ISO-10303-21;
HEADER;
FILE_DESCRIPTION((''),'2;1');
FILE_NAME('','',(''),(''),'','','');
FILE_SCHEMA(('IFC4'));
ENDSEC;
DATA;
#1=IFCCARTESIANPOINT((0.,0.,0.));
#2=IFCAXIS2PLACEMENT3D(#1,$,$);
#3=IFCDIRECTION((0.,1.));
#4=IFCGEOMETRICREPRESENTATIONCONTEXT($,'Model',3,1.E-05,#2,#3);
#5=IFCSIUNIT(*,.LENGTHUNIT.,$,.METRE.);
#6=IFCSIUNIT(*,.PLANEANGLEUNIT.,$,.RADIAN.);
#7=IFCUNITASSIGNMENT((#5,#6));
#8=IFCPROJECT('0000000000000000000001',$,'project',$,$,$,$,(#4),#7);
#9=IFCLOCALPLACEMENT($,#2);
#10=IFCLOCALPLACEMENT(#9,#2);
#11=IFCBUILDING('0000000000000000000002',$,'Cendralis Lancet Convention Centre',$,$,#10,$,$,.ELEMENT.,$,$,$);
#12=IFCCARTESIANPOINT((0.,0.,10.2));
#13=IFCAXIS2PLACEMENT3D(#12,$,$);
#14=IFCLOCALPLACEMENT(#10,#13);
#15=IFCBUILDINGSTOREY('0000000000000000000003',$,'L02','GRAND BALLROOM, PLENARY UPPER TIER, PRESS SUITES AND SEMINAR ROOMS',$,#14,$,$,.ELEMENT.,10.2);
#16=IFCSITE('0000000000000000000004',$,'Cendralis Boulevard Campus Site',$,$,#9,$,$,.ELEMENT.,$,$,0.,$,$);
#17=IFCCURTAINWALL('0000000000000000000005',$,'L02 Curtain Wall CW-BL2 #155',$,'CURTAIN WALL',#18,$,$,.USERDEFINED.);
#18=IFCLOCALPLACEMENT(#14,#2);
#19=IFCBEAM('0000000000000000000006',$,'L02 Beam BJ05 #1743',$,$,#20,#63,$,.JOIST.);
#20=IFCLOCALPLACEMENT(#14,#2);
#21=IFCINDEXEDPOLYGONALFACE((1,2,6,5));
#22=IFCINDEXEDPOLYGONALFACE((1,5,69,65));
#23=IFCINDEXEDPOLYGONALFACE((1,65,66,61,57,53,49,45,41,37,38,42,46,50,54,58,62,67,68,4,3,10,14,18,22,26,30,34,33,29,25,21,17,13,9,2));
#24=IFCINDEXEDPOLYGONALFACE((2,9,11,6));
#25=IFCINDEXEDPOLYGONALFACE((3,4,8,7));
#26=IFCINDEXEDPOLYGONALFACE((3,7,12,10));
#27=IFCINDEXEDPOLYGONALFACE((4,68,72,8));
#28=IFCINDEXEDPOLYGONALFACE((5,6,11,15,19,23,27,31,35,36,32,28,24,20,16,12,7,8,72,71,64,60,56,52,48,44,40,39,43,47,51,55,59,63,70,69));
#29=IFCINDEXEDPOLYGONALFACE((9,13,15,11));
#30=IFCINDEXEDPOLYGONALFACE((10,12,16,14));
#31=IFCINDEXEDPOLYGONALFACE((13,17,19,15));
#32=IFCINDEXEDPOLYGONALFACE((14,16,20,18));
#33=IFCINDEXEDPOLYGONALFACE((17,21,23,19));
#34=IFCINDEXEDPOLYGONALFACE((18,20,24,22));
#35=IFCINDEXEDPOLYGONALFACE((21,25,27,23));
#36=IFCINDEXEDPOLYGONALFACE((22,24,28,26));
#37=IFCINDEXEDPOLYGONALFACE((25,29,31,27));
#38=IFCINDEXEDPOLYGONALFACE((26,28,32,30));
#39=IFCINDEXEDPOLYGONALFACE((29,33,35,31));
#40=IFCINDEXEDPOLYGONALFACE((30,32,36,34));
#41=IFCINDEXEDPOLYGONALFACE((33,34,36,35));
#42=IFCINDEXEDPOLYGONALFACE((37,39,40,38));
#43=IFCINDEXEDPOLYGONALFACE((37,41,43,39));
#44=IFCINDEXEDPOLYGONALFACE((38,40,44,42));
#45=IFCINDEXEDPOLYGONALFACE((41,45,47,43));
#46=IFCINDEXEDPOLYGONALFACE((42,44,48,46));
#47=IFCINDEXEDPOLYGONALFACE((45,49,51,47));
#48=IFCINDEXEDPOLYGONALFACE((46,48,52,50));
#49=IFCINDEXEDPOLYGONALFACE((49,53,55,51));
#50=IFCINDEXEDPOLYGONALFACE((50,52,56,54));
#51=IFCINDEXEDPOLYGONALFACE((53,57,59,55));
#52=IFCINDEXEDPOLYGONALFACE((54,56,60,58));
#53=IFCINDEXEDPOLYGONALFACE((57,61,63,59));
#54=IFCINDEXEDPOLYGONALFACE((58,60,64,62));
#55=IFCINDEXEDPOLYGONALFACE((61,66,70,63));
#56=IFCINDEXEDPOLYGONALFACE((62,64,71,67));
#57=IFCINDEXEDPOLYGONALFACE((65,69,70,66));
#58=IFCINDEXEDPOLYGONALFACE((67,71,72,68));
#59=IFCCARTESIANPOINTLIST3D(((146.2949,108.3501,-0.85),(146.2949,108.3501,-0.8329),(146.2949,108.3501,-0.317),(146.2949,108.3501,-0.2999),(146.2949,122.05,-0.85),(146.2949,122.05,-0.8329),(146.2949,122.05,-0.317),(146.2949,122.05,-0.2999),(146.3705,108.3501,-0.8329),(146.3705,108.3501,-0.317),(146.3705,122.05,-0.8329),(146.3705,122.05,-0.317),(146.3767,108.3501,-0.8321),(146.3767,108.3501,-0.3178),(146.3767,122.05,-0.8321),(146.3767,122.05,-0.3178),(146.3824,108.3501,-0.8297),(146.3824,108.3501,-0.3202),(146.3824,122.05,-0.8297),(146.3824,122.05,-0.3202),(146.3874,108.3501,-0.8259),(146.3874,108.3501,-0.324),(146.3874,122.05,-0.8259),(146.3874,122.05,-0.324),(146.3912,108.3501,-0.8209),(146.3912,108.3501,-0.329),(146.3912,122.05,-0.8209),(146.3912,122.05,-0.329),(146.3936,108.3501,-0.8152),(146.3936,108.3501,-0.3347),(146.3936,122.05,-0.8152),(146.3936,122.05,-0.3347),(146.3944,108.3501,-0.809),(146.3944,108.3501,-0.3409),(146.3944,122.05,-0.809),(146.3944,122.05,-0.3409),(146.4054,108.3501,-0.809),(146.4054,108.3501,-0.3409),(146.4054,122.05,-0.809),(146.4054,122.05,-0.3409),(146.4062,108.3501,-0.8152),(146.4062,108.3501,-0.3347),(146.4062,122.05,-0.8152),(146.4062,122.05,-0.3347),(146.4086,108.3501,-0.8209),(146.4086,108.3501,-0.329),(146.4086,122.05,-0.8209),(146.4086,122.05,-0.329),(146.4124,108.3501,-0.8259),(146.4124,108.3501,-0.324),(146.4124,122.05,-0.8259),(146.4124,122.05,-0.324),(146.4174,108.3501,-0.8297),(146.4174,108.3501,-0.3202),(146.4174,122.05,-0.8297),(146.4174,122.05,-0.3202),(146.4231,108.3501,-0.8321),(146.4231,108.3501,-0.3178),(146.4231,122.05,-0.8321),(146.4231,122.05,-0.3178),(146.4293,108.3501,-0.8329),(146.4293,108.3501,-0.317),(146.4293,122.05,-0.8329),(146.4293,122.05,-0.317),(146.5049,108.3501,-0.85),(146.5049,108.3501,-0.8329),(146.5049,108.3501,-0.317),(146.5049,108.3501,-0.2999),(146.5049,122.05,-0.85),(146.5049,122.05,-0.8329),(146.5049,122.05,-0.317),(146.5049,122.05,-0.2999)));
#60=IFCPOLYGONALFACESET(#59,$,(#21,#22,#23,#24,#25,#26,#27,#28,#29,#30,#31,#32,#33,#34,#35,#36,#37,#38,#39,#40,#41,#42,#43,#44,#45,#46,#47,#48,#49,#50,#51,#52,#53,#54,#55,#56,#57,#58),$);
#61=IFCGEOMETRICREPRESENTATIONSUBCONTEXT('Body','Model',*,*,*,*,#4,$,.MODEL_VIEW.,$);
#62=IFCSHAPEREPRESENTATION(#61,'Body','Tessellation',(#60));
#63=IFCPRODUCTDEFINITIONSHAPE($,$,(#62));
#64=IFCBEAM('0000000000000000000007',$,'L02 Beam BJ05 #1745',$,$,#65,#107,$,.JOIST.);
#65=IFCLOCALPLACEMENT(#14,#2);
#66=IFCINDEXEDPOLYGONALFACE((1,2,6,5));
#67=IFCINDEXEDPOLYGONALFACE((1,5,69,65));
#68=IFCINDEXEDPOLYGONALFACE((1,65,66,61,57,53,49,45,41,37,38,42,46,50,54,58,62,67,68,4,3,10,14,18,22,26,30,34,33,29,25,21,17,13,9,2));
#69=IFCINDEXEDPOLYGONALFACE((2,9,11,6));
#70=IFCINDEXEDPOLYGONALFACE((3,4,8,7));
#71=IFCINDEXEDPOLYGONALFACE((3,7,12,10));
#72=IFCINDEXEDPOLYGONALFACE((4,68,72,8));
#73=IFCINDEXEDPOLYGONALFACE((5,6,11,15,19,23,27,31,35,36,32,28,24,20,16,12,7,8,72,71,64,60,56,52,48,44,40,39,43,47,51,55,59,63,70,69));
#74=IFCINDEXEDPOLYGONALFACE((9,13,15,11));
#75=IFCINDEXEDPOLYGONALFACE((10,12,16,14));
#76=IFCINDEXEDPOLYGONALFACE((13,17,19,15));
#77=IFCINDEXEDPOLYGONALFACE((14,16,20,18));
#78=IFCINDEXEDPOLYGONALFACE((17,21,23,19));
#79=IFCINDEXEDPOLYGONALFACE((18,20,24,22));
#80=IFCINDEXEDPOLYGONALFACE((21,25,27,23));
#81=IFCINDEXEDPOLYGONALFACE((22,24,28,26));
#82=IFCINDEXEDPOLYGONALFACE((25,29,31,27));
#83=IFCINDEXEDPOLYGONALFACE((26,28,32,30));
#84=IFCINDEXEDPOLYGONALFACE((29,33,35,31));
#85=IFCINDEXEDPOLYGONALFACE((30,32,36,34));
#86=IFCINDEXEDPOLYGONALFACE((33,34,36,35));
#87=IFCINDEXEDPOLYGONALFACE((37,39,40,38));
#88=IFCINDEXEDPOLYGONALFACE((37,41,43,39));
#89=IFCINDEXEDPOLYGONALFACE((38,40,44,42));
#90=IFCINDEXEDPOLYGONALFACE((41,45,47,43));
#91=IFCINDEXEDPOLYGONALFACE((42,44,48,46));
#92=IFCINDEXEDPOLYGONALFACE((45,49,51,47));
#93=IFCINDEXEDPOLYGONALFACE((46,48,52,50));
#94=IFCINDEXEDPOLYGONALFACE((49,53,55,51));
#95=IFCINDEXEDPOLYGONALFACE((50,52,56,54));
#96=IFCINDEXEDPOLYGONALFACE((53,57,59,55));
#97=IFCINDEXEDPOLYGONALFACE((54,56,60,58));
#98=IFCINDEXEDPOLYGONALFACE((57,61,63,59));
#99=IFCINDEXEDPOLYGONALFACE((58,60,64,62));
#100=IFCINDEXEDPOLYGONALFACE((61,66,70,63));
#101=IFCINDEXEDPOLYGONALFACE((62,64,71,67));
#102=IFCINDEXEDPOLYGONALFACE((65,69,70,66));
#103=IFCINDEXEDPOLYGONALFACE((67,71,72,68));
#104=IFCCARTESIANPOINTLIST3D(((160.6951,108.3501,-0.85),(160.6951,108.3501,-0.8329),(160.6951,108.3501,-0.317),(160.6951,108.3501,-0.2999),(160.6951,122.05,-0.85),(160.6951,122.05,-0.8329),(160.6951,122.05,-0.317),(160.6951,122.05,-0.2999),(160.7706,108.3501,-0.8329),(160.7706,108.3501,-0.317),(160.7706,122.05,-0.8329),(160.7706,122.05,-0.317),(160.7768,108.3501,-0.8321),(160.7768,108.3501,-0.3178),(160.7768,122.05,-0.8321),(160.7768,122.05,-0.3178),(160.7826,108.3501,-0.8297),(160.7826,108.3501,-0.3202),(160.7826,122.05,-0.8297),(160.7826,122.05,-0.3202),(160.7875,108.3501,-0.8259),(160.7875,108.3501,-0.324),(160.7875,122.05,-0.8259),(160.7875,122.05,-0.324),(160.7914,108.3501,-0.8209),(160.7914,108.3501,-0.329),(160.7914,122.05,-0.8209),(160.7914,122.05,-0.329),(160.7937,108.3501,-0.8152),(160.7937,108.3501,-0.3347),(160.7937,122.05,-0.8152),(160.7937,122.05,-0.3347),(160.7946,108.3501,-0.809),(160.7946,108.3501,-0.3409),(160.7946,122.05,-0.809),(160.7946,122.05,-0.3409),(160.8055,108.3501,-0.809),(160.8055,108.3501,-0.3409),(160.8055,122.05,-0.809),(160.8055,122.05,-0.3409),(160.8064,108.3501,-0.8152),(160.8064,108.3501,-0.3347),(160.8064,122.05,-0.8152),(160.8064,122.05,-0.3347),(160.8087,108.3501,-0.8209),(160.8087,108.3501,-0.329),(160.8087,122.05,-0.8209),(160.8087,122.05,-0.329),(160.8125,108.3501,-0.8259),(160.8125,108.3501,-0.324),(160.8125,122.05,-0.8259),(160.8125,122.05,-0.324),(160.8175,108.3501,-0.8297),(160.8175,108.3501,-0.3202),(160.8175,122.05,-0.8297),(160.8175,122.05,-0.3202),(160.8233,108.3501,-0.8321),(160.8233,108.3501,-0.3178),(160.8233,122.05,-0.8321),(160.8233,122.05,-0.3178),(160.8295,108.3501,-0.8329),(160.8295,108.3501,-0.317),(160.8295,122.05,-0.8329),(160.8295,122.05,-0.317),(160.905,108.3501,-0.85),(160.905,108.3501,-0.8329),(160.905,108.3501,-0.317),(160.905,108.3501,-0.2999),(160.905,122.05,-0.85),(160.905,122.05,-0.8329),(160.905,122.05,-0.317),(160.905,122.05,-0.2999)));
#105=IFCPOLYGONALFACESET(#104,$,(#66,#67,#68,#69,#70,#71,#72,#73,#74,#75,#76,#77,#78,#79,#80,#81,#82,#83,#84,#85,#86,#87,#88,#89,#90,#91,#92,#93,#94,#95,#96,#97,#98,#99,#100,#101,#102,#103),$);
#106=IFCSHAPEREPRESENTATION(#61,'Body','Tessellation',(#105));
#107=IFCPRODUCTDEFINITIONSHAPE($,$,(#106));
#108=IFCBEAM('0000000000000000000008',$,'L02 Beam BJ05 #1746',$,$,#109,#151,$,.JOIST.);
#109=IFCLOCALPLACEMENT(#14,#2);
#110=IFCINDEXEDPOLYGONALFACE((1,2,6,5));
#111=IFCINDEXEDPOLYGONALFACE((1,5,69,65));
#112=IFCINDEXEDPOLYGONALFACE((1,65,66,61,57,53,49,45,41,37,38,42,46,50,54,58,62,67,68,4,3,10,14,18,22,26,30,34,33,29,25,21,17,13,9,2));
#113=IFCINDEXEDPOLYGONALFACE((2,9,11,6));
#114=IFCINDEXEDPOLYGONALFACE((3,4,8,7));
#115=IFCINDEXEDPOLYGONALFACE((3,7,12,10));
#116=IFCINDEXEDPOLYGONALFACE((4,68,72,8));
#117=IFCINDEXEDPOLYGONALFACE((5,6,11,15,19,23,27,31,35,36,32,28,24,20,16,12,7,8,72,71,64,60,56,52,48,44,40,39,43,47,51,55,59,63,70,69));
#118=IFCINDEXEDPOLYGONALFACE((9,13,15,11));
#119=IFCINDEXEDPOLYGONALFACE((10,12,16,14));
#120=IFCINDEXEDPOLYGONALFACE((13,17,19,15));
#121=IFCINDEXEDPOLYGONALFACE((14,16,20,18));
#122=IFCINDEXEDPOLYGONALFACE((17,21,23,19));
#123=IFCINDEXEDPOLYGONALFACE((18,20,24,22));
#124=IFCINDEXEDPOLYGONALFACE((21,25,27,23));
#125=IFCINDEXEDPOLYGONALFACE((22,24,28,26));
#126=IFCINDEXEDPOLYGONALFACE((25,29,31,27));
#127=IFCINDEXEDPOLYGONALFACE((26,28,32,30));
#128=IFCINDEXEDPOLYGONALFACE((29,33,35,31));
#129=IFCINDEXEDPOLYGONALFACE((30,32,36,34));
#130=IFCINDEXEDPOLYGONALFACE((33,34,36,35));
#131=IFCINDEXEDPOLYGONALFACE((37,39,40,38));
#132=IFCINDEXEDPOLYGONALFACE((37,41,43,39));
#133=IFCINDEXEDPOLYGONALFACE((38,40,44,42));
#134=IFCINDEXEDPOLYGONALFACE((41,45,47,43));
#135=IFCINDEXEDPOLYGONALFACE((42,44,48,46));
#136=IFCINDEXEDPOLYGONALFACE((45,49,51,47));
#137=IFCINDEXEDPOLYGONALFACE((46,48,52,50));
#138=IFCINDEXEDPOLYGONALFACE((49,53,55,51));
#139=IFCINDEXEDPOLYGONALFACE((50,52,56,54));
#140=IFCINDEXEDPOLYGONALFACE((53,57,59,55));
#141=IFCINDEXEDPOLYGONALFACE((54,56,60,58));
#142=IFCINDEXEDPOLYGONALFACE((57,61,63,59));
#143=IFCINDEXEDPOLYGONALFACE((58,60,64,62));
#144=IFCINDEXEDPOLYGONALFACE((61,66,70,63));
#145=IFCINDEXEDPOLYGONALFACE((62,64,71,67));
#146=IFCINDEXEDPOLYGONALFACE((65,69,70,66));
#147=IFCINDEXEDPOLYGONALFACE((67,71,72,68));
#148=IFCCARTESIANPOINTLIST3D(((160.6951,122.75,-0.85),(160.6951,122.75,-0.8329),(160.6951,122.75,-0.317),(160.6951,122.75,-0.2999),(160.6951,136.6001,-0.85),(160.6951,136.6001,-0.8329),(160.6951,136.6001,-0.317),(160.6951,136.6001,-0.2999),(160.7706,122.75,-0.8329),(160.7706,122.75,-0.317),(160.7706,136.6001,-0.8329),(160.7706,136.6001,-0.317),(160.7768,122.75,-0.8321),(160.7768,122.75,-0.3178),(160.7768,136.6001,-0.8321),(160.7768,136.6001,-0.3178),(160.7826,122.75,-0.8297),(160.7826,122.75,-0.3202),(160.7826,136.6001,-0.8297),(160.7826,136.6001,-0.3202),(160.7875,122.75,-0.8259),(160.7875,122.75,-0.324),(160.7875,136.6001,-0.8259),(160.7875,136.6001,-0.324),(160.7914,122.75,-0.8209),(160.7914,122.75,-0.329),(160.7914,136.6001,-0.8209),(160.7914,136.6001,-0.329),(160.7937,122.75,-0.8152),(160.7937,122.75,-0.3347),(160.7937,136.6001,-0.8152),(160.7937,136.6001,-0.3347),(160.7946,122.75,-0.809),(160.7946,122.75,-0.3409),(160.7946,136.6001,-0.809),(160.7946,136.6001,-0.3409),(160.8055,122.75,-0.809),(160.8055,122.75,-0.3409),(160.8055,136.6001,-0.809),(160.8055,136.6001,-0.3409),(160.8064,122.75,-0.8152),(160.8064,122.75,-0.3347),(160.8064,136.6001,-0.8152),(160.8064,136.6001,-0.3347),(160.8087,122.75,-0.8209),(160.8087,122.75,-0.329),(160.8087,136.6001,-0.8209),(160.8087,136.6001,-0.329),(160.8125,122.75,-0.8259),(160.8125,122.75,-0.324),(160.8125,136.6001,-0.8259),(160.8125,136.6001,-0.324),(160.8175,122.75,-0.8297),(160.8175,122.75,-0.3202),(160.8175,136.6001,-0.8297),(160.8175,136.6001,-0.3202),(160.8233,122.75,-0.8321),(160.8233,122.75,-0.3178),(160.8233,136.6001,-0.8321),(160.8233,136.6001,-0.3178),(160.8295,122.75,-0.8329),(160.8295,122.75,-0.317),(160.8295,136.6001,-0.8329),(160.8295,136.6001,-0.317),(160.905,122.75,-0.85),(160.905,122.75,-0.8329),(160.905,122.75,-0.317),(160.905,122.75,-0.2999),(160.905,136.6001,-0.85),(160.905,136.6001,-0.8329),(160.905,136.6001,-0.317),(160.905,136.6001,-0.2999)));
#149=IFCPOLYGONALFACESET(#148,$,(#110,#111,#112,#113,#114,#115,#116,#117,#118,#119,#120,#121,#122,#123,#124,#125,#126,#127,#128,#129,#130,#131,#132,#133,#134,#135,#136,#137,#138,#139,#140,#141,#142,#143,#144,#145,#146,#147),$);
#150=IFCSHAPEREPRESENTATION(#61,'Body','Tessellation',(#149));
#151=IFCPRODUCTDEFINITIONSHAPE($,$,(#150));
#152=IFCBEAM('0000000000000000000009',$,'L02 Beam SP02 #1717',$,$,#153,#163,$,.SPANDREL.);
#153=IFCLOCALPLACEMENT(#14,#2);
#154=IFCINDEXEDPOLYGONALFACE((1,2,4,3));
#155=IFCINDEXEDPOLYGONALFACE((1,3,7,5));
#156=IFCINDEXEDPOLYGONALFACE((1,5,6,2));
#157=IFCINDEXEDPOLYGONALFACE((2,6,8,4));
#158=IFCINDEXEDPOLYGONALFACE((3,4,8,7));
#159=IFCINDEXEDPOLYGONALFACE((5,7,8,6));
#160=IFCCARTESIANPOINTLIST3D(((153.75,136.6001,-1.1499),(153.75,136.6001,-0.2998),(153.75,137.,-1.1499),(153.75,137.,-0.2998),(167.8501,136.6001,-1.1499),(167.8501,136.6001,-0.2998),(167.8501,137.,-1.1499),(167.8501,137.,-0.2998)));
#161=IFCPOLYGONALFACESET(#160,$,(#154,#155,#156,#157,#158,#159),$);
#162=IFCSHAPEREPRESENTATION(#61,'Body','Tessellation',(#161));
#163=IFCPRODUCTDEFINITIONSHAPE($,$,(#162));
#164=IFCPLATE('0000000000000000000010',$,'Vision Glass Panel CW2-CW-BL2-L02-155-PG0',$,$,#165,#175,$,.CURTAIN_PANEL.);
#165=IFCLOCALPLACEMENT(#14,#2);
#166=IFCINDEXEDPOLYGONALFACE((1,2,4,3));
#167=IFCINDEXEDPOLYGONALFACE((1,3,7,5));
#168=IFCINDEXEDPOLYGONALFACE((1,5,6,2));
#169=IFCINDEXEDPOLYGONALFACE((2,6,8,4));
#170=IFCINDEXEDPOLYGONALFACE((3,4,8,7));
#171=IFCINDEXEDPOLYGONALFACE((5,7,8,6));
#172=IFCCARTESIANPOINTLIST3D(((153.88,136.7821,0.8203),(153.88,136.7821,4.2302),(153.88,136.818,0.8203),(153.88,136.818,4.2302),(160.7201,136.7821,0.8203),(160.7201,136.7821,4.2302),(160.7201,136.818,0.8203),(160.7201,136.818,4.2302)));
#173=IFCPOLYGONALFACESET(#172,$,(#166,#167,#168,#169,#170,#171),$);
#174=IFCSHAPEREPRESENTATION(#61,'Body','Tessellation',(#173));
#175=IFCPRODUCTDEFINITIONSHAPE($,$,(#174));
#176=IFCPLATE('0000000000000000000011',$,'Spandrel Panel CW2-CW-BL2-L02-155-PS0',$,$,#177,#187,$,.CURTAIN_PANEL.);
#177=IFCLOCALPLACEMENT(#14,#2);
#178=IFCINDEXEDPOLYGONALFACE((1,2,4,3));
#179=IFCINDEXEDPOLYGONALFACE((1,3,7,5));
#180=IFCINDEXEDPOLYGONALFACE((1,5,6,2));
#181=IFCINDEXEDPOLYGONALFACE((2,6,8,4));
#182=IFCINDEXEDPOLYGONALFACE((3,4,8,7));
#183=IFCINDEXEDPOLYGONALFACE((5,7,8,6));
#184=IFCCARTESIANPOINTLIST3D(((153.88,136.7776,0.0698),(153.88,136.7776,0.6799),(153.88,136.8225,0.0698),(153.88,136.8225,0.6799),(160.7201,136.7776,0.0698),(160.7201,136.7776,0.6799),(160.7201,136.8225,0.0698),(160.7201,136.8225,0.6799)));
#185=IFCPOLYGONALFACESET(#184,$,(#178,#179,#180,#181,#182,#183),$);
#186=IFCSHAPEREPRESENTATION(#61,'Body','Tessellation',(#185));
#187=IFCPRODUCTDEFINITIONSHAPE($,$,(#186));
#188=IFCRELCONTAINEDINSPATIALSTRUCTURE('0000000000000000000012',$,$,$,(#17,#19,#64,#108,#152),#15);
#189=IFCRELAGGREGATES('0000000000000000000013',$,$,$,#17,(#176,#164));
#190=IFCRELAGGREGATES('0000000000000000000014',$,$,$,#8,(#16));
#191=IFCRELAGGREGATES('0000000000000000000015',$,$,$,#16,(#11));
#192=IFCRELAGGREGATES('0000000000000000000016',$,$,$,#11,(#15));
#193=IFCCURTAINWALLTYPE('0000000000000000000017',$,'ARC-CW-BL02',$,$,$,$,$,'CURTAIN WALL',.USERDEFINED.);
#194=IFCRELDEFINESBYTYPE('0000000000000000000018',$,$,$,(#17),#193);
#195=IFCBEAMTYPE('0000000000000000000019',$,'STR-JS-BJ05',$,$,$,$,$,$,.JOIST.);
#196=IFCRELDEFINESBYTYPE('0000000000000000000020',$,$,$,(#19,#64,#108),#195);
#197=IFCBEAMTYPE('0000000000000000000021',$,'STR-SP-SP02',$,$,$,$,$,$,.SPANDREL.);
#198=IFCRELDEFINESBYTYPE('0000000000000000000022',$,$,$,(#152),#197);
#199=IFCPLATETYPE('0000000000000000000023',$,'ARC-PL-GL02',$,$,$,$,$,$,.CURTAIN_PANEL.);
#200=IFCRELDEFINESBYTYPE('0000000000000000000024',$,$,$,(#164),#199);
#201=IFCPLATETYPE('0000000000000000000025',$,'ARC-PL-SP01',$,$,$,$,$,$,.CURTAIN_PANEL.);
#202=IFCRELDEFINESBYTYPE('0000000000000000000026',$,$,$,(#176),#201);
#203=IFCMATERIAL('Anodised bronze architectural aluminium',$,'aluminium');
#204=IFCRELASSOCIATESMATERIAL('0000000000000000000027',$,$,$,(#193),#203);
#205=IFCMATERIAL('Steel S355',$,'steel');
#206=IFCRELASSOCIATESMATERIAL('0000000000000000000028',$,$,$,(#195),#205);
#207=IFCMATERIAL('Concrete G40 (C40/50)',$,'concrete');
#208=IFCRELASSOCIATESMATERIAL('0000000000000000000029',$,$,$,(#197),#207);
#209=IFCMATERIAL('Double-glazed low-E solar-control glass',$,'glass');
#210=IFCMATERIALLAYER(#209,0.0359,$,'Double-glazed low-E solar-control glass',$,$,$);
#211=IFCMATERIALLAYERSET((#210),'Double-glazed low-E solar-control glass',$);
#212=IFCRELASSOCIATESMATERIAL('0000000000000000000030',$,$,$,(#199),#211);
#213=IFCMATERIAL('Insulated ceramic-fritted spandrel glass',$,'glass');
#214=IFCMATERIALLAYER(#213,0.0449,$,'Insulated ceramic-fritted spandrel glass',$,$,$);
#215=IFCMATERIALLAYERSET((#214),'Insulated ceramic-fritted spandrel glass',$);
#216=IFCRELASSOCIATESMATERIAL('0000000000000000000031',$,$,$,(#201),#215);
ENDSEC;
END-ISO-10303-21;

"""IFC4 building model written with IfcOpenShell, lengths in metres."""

from ifc_helpers import new_model, si_unit, direction, frame, origin, origin_2d, place, context, subcontext, project, spatial, rectangle, i_section, extrude, material, layer, layer_set, material_profile, profile_set, type_object, element, aggregate, save


model = new_model("IFC4")

# Units and contexts
model_context = context("Model", 3, precision=1e-05, world=origin(), true_north=direction((0.0, 1.0)))
body_context = subcontext(model_context, "Body", "Model", "MODEL_VIEW")
ifc_project = project(units=[si_unit("LENGTHUNIT", "METRE"), si_unit("PLANEANGLEUNIT", "RADIAN")], contexts=[model_context])

# Site, building, storey
site_placement = place(None, origin())
site = spatial("IfcSite", under=ifc_project, at=site_placement, Name="Cendralis Boulevard Campus Site", CompositionType="ELEMENT", RefElevation=0.0)
building_placement = place(site_placement, origin())
building = spatial("IfcBuilding", under=site, at=building_placement, Name="Cendralis Lancet Convention Centre", CompositionType="ELEMENT")
storey_placement = place(building_placement, frame((0.0, 0.0, 10.2)))
storey = spatial("IfcBuildingStorey", under=building, at=storey_placement, Name="L02", Description="GRAND BALLROOM, PLENARY UPPER TIER, PRESS SUITES AND SEMINAR ROOMS", CompositionType="ELEMENT", Elevation=10.2)

# Shared definitions
ifc_material_1 = material(Name="Steel S355", Category="steel")

# Curtain wall
ifc_material_2 = material(Name="Anodised bronze architectural aluminium", Category="aluminium")
curtain_wall_type = type_object("IfcCurtainWallType", Name="ARC-CW-BL02", ElementType="CURTAIN WALL", PredefinedType="USERDEFINED", material=ifc_material_2)
curtain_wall_placement = place(storey_placement, origin())
curtain_wall = element("IfcCurtainWall", 1, at=curtain_wall_placement, inside=storey, type_object=curtain_wall_type, Name="L02 Curtain Wall CW-BL2 #155", ObjectType="CURTAIN WALL", PredefinedType="USERDEFINED")

# Beams
ifc_material_3 = material(Name="Concrete G40 (C40/50)", Category="concrete")
ifc_material_profile_1 = material_profile(ifc_material_1, i_section(OverallWidth=0.21, OverallDepth=0.55, WebThickness=0.011, FlangeThickness=0.0171, FilletRadius=0.0239, at=origin_2d()), Name="IPE 550")
ifc_profile_set_1 = profile_set([ifc_material_profile_1], Name="Steel S355")
beam_type_1 = type_object("IfcBeamType", Name="STR-JS-BJ05", PredefinedType="JOIST", material=ifc_profile_set_1)
for number, where, z_axis, x_axis, name in (
    (2, (146.3999, 108.3501, -0.575), (0.0, 1.0, 0.0), (-1.0, 0.0, 0.0), "L02 Beam BJ05 #1743"),
    (3, (160.8, 108.3501, -0.575), (0.0, 1.0, 0.0), (-1.0, 0.0, 0.0), "L02 Beam BJ05 #1745"),
):
    element("IfcBeam", number, at=place(storey_placement, frame(where, z_axis=z_axis, x_axis=x_axis)), inside=storey, type_object=beam_type_1, Name=name, PredefinedType="JOIST", context=body_context, shape_type="SweptSolid", body=[
        extrude(i_section(OverallWidth=0.21, OverallDepth=0.55, WebThickness=0.011, FlangeThickness=0.0171, FilletRadius=0.0239, at=origin_2d()), origin(), (0.0, 0.0, 1.0), 13.7),
    ])
beam_1_placement = place(storey_placement, frame((160.8, 122.75, -0.575), z_axis=(0.0, 1.0, 0.0), x_axis=(-1.0, 0.0, 0.0)))
element("IfcBeam", 4, at=beam_1_placement, inside=storey, type_object=beam_type_1, Name="L02 Beam BJ05 #1746", PredefinedType="JOIST", context=body_context, shape_type="SweptSolid", body=[
    extrude(i_section(OverallWidth=0.21, OverallDepth=0.55, WebThickness=0.011, FlangeThickness=0.0171, FilletRadius=0.0239, at=origin_2d()), origin(), (0.0, 0.0, 1.0), 13.8501),
])
ifc_material_profile_2 = material_profile(ifc_material_3, rectangle(XDim=0.3999, YDim=0.8501, at=origin_2d()), Name="RCB 400x850")
ifc_profile_set_2 = profile_set([ifc_material_profile_2], Name="Concrete G40 (C40/50)")
beam_type_2 = type_object("IfcBeamType", Name="STR-SP-SP02", PredefinedType="SPANDREL", material=ifc_profile_set_2)
beam_2_placement = place(storey_placement, frame((153.75, 136.8, -0.7249), z_axis=(1.0, 0.0, 0.0), x_axis=(0.0, 1.0, 0.0)))
element("IfcBeam", 5, at=beam_2_placement, inside=storey, type_object=beam_type_2, Name="L02 Beam SP02 #1717", PredefinedType="SPANDREL", context=body_context, shape_type="SweptSolid", body=[
    extrude(rectangle(XDim=0.3999, YDim=0.8501, at=origin_2d()), origin(), (0.0, 0.0, 1.0), 14.1001),
])

# Plates
ifc_material_4 = material(Name="Double-glazed low-E solar-control glass", Category="glass")
ifc_layer_1 = layer(ifc_material_4, 0.0359, Name="Double-glazed low-E solar-control glass")
ifc_layer_set_1 = layer_set([ifc_layer_1], Name="Double-glazed low-E solar-control glass")
plate_type_1 = type_object("IfcPlateType", Name="ARC-PL-GL02", PredefinedType="CURTAIN_PANEL", material=ifc_layer_set_1)
plate_1_placement = place(storey_placement, frame((157.3, 136.8, 0.8203), z_axis=(0.0, 0.0, 1.0), x_axis=(1.0, 0.0, 0.0)))
plate_1 = element("IfcPlate", 6, at=plate_1_placement, type_object=plate_type_1, Name="Vision Glass Panel CW2-CW-BL2-L02-155-PG0", PredefinedType="CURTAIN_PANEL", context=body_context, shape_type="SweptSolid", body=[
    extrude(rectangle(XDim=6.8401, YDim=0.0359, at=origin_2d()), origin(), (0.0, 0.0, 1.0), 3.4099),
])
ifc_material_5 = material(Name="Insulated ceramic-fritted spandrel glass", Category="glass")
ifc_layer_2 = layer(ifc_material_5, 0.0449, Name="Insulated ceramic-fritted spandrel glass")
ifc_layer_set_2 = layer_set([ifc_layer_2], Name="Insulated ceramic-fritted spandrel glass")
plate_type_2 = type_object("IfcPlateType", Name="ARC-PL-SP01", PredefinedType="CURTAIN_PANEL", material=ifc_layer_set_2)
plate_2_placement = place(storey_placement, frame((157.3, 136.8, 0.0698), z_axis=(0.0, 0.0, 1.0), x_axis=(1.0, 0.0, 0.0)))
plate_2 = element("IfcPlate", 7, at=plate_2_placement, type_object=plate_type_2, Name="Spandrel Panel CW2-CW-BL2-L02-155-PS0", PredefinedType="CURTAIN_PANEL", context=body_context, shape_type="SweptSolid", body=[
    extrude(rectangle(XDim=6.8401, YDim=0.0449, at=origin_2d()), origin(), (0.0, 0.0, 1.0), 0.6101),
])
aggregate(curtain_wall, [plate_2, plate_1])

save(model, "model.ifc")
